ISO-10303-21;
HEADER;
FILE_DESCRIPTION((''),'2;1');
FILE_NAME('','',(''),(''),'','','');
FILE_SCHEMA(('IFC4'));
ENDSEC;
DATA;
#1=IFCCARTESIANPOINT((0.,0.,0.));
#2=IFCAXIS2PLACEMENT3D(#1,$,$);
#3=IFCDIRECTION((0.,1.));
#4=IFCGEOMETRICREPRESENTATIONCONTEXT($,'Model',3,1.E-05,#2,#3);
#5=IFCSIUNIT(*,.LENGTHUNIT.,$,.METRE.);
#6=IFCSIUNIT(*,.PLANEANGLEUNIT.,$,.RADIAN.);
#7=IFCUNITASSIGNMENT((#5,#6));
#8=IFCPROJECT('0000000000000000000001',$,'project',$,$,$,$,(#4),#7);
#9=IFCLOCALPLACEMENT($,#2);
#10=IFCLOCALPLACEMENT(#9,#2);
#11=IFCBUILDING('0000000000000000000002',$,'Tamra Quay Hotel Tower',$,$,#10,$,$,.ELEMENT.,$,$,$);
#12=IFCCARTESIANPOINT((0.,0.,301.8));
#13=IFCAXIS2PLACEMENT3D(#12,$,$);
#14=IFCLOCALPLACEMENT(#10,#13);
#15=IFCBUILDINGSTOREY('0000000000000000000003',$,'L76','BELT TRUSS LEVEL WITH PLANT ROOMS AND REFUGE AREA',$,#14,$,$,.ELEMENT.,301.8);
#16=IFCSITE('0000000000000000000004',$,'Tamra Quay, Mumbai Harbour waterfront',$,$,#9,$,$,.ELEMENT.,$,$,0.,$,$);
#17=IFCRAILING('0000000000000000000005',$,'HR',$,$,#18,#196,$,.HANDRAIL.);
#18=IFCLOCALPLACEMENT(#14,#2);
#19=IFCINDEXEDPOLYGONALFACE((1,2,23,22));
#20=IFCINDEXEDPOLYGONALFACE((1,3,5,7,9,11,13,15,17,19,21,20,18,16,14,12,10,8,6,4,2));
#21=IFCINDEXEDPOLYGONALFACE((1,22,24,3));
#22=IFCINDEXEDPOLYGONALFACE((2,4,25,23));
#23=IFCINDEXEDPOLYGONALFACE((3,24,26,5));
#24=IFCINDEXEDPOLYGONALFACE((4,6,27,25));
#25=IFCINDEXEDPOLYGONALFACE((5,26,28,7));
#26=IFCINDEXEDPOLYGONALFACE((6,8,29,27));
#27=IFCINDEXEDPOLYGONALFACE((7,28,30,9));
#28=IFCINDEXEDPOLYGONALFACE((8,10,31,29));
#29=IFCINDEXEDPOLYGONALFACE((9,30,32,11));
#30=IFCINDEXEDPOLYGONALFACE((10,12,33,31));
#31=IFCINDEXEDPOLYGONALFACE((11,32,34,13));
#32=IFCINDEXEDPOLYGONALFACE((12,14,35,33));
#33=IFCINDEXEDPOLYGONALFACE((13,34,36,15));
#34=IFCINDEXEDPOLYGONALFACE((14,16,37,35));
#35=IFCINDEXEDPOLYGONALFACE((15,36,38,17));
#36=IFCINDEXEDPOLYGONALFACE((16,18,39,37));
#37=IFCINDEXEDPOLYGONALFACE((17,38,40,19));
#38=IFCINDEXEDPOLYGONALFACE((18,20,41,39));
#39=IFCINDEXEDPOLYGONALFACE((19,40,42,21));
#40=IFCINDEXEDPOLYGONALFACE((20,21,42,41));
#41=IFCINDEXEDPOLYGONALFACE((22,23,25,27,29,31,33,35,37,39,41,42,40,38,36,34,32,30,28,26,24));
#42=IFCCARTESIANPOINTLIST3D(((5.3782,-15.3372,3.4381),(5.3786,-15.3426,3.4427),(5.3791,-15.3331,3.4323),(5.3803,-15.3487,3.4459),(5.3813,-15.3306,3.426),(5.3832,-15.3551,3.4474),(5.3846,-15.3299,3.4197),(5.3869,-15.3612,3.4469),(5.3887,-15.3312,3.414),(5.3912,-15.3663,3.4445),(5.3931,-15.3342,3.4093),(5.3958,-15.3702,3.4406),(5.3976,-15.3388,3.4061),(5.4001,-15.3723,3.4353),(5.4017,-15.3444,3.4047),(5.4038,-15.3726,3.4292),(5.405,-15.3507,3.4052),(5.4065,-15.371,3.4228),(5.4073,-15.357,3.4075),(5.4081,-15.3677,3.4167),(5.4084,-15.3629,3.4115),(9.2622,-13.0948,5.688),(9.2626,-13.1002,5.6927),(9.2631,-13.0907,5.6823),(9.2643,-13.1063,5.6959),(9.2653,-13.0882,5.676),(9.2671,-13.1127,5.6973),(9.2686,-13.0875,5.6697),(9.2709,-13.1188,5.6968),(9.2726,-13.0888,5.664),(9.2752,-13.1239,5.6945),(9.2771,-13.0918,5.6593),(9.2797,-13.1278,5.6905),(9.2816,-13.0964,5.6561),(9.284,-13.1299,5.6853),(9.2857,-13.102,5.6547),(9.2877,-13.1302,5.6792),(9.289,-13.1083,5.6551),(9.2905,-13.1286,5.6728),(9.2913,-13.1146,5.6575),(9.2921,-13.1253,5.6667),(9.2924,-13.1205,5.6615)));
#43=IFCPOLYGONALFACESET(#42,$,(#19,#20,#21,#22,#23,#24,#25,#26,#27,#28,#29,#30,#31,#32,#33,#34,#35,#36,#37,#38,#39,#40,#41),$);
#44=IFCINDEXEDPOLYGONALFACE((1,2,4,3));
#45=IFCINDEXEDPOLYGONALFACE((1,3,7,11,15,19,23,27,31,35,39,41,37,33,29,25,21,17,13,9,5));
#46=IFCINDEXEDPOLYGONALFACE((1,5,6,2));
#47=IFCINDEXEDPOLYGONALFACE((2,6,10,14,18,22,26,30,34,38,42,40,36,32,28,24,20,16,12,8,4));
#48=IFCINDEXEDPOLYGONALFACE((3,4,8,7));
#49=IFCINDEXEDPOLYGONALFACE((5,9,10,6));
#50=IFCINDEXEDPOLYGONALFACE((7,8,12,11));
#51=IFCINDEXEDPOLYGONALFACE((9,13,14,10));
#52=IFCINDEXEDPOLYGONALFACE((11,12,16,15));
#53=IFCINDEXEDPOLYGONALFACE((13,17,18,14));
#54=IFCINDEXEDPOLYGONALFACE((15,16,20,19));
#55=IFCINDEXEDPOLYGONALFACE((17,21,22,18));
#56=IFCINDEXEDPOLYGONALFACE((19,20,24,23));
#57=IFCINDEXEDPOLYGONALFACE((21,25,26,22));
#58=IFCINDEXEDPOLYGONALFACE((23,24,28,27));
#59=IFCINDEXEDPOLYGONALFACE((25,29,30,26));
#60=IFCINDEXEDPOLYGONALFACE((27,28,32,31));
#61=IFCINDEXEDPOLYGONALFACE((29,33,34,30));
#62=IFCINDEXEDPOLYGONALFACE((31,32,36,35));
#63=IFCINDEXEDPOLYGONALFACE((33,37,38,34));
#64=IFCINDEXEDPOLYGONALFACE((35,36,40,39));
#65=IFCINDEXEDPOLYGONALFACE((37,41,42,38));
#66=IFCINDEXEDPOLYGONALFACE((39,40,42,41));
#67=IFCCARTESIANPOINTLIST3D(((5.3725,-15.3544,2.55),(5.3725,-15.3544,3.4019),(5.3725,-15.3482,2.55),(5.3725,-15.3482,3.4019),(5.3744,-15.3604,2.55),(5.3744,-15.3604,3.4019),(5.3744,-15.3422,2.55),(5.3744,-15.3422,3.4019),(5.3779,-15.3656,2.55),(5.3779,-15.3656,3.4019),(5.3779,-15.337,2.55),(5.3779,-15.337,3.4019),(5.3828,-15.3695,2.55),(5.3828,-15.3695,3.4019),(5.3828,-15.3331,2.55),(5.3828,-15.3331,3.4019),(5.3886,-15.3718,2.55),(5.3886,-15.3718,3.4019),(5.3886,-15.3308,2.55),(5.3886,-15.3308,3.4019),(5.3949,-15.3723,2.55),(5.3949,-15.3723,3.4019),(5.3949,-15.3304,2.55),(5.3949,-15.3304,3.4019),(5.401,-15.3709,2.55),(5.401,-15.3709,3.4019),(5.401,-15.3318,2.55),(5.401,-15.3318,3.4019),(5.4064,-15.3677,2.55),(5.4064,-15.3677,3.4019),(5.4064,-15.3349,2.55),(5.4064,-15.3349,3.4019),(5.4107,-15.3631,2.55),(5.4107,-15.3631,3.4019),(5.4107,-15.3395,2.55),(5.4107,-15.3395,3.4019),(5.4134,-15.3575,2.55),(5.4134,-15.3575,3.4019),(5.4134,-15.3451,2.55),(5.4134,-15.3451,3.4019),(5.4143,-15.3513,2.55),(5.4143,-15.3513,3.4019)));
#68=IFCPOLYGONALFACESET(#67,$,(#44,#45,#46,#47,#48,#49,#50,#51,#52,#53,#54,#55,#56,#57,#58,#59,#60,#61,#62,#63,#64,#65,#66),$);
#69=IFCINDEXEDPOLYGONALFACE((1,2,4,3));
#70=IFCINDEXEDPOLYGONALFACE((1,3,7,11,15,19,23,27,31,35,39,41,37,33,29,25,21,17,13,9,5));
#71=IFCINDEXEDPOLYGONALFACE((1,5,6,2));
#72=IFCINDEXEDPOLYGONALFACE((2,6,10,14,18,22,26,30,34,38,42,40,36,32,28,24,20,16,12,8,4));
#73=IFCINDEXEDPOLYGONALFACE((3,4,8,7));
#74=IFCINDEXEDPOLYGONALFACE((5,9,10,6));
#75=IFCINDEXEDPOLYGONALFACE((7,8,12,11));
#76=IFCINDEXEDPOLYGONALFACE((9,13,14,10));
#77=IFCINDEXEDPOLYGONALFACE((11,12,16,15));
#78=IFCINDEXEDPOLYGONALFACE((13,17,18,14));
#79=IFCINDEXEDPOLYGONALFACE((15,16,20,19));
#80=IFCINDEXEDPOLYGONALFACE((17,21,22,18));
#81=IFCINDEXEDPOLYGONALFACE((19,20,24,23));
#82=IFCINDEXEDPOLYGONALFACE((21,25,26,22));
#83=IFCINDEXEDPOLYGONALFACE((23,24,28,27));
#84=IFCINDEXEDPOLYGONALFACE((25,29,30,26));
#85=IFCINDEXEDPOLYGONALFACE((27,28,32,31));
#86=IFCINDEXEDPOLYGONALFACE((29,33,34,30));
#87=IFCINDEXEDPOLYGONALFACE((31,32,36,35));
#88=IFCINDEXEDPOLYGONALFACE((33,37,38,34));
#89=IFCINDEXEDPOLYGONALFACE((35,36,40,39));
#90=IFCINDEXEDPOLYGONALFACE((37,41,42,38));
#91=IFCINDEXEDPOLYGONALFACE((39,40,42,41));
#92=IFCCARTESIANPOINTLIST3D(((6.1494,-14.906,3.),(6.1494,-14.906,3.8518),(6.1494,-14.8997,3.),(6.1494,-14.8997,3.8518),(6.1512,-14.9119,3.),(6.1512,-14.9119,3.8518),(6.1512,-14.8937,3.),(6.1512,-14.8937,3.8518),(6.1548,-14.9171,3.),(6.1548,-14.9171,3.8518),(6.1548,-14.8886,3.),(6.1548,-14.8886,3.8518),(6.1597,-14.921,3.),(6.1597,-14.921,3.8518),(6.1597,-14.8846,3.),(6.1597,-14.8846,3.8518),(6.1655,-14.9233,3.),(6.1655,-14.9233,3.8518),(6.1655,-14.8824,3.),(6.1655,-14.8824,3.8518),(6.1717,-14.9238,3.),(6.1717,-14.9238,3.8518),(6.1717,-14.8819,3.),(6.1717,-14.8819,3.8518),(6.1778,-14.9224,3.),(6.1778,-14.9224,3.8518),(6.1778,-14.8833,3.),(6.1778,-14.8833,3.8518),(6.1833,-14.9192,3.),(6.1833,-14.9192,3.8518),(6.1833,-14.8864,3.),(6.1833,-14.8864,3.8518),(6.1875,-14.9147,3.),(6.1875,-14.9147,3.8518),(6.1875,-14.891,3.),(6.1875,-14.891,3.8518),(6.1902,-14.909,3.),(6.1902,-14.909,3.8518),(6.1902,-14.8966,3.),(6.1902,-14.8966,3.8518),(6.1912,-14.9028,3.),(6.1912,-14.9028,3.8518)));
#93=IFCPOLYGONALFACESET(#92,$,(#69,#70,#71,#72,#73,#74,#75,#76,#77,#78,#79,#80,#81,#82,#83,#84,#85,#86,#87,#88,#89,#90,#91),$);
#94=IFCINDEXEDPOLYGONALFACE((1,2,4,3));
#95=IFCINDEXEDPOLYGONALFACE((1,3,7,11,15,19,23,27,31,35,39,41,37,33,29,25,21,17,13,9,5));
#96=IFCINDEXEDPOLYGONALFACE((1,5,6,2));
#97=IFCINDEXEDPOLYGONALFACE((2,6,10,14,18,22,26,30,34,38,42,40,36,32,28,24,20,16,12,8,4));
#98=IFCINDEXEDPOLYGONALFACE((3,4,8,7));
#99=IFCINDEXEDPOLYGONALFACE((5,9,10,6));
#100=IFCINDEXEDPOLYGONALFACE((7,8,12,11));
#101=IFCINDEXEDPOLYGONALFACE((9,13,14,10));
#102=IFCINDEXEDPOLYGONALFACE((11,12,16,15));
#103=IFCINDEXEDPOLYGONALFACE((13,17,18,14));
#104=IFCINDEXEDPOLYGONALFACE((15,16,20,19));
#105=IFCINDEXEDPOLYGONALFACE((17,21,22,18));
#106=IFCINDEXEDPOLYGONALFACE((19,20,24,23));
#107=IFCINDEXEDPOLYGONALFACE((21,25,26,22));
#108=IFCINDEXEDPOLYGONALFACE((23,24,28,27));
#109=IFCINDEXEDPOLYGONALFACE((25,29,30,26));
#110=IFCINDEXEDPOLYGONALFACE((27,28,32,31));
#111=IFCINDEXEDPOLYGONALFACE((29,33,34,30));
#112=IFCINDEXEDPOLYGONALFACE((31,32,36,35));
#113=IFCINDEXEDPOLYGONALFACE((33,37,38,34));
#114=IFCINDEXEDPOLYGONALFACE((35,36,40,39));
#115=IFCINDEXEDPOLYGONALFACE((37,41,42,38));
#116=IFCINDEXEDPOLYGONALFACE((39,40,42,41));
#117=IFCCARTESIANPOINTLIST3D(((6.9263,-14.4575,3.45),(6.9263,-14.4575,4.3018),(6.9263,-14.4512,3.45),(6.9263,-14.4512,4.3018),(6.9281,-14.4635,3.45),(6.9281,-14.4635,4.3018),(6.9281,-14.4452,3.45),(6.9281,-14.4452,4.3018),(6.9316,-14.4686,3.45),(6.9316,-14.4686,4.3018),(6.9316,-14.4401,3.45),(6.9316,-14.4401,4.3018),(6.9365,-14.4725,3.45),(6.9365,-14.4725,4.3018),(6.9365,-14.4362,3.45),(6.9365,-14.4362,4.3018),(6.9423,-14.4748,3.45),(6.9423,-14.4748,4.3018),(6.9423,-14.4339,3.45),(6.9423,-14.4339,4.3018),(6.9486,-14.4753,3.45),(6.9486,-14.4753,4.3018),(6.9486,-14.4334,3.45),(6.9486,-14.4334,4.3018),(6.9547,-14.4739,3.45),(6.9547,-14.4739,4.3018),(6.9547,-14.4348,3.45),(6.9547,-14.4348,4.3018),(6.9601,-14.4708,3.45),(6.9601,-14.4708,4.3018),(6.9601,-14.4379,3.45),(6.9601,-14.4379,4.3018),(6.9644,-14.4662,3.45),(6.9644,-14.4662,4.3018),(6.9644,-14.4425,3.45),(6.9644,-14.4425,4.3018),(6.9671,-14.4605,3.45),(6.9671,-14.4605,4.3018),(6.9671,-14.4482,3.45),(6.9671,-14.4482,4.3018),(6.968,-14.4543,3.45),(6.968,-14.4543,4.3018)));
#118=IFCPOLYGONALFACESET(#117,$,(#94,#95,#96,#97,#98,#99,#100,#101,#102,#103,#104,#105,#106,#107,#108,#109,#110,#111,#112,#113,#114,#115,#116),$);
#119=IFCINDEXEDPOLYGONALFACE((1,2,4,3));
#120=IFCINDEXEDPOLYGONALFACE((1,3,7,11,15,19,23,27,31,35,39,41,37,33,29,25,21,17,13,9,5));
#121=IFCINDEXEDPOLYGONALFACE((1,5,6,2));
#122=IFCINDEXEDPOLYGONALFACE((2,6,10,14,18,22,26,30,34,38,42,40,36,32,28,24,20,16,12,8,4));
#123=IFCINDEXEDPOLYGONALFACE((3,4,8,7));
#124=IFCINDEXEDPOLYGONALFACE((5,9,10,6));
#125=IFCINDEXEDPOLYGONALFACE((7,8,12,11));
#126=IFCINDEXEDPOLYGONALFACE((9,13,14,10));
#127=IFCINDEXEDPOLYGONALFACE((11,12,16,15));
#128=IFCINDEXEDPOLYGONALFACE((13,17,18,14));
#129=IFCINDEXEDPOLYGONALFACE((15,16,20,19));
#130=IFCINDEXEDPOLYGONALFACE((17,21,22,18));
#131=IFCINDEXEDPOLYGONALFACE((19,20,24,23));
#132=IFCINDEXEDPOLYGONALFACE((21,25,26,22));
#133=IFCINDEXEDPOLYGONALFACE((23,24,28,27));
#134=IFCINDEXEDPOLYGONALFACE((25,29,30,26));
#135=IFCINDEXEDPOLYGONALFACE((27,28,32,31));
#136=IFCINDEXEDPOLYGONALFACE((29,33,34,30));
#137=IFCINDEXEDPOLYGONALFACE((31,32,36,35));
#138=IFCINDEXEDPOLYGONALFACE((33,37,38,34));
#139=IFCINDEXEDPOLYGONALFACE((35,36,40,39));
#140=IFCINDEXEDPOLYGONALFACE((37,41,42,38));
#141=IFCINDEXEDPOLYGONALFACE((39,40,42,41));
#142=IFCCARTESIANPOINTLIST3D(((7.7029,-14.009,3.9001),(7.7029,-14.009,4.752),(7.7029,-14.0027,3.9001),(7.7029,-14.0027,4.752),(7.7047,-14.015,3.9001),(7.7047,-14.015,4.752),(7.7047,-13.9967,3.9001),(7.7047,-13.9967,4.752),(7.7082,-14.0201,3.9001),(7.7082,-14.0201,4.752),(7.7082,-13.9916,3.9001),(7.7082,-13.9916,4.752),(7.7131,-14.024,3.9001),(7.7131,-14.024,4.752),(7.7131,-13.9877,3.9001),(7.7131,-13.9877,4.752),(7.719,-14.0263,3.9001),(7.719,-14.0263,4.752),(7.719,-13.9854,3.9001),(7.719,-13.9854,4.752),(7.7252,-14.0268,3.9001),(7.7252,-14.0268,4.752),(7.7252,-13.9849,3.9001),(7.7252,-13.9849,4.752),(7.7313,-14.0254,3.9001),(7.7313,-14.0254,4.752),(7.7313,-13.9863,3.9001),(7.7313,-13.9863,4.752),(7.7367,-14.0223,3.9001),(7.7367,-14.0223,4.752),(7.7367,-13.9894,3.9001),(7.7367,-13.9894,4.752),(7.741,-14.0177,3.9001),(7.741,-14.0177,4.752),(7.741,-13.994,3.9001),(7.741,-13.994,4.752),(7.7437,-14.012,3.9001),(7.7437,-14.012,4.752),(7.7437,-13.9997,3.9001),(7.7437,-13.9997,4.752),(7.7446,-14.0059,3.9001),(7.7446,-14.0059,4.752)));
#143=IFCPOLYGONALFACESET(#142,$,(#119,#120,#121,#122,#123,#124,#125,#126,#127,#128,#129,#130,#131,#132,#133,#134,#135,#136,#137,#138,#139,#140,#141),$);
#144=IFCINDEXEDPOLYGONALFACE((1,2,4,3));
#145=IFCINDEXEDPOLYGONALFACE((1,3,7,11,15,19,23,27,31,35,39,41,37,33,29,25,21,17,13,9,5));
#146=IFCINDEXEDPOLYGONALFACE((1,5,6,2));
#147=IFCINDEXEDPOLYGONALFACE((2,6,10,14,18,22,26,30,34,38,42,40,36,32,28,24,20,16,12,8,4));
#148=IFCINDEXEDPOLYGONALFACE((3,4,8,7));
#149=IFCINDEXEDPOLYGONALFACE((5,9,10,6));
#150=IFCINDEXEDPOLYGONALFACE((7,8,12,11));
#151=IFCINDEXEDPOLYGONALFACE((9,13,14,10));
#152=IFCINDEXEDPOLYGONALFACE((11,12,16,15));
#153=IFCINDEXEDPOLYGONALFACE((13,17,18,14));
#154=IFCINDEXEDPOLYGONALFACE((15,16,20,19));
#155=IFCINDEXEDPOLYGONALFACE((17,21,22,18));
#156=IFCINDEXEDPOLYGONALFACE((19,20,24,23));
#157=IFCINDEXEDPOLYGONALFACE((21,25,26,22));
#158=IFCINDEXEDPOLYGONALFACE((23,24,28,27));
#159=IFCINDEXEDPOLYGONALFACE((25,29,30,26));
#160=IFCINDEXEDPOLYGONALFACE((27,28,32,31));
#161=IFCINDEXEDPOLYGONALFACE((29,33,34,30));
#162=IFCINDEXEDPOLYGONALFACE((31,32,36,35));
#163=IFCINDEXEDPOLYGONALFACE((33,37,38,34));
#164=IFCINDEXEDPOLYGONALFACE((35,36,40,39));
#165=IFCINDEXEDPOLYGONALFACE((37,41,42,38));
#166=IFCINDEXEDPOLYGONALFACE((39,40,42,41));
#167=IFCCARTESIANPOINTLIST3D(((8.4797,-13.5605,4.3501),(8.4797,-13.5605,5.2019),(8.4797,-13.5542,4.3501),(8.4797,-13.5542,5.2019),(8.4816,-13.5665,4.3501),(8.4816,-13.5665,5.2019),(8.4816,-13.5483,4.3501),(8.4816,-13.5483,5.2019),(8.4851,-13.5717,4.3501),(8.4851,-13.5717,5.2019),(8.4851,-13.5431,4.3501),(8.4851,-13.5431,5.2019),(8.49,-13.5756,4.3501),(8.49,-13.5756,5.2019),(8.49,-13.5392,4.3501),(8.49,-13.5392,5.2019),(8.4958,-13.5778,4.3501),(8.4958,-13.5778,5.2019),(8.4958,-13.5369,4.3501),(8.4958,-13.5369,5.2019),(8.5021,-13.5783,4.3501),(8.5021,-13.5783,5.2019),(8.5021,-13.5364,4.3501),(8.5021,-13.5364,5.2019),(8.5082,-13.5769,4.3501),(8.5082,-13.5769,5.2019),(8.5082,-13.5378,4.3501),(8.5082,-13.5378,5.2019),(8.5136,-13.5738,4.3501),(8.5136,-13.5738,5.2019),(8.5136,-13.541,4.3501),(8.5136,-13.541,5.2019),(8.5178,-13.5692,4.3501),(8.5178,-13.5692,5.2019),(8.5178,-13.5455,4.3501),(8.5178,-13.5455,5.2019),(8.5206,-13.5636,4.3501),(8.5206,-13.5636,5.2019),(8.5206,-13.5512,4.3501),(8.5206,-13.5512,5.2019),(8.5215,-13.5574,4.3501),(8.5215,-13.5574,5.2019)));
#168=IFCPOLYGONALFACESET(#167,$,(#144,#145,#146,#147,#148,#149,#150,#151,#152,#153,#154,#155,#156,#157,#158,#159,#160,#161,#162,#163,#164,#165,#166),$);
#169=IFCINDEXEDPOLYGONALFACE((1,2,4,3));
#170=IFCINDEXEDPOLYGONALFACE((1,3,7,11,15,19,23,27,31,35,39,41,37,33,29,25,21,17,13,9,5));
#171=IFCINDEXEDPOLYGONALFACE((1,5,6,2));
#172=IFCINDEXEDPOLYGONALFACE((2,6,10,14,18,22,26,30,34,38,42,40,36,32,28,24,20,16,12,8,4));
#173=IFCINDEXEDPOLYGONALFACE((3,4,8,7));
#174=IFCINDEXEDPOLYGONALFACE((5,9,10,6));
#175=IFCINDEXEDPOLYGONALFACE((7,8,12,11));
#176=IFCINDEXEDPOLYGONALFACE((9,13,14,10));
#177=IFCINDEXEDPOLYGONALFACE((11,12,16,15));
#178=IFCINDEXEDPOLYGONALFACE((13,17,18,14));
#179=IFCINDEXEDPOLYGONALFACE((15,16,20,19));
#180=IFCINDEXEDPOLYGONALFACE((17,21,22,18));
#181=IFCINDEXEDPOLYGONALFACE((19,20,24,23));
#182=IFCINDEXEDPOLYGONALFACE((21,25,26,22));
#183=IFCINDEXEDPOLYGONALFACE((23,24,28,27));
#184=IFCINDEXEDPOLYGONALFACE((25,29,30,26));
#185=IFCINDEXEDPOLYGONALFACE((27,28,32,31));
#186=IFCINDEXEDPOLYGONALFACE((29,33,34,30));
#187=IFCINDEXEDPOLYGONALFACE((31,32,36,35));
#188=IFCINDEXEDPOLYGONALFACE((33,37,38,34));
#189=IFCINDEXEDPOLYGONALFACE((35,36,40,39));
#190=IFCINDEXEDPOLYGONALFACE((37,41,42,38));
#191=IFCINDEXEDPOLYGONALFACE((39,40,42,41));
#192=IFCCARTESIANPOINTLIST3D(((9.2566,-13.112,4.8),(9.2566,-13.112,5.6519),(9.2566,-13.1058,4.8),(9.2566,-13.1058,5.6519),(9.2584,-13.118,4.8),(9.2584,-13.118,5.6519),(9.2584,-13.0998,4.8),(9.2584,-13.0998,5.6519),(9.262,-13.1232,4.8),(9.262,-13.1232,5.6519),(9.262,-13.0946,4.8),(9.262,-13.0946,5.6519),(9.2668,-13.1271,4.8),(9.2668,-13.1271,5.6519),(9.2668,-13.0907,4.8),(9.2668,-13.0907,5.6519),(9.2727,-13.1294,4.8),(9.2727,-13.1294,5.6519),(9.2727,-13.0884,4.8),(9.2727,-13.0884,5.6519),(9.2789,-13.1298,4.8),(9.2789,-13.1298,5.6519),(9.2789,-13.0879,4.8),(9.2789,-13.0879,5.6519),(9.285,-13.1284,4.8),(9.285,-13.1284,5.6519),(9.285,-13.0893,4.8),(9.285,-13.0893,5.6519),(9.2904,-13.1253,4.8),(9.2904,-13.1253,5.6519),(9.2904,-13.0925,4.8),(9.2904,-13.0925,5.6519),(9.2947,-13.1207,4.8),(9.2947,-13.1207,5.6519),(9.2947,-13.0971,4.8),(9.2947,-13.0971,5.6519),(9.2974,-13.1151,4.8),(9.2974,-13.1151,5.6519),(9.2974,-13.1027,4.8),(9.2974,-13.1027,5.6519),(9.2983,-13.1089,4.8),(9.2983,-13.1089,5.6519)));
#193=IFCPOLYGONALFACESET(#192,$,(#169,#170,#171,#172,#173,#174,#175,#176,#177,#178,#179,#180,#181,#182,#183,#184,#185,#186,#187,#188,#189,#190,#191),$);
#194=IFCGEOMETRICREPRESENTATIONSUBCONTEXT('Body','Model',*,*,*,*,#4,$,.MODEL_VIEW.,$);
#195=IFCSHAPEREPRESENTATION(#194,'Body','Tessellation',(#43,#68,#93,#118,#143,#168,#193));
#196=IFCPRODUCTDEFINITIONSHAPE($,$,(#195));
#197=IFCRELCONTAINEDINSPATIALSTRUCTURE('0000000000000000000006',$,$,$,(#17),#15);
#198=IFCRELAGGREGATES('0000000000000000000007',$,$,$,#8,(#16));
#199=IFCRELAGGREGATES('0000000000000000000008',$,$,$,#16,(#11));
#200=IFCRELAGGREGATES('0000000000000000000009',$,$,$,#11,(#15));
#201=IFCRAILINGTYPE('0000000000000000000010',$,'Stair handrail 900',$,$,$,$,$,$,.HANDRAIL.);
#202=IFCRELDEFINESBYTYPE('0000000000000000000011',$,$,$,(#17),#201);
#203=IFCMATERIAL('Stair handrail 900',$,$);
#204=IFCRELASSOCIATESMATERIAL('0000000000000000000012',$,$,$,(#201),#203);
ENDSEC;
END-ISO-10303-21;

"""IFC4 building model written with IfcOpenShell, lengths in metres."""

from ifc_helpers import new_model, si_unit, direction, frame, origin, origin_2d, place, context, subcontext, project, spatial, circle, extrude, material, type_object, element, save


model = new_model("IFC4")

# Units and contexts
model_context = context("Model", 3, precision=1e-05, world=origin(), true_north=direction((0.0, 1.0)))
body_context = subcontext(model_context, "Body", "Model", "MODEL_VIEW")
ifc_project = project(units=[si_unit("LENGTHUNIT", "METRE"), si_unit("PLANEANGLEUNIT", "RADIAN")], contexts=[model_context])

# Site, building, storey
site_placement = place(None, origin())
site = spatial("IfcSite", under=ifc_project, at=site_placement, Name="Tamra Quay, Mumbai Harbour waterfront", CompositionType="ELEMENT", RefElevation=0.0)
building_placement = place(site_placement, origin())
building = spatial("IfcBuilding", under=site, at=building_placement, Name="Tamra Quay Hotel Tower", CompositionType="ELEMENT")
storey_placement = place(building_placement, frame((0.0, 0.0, 301.8)))
storey = spatial("IfcBuildingStorey", under=building, at=storey_placement, Name="L76", Description="BELT TRUSS LEVEL WITH PLANT ROOMS AND REFUGE AREA", CompositionType="ELEMENT", Elevation=301.8)

# Railing
ifc_material_1 = material(Name="Stair handrail 900")
railing_type = type_object("IfcRailingType", Name="Stair handrail 900", PredefinedType="HANDRAIL", material=ifc_material_1)
railing_placement = place(storey_placement, frame((5.3933, -15.3513, 2.55)))
element("IfcRailing", 1, at=railing_placement, inside=storey, type_object=railing_type, Name="HR", PredefinedType="HANDRAIL", context=body_context, shape_type="SweptSolid", body=[
    extrude(circle(Radius=0.0239, at=origin_2d()), frame((0.0, 0.0, 0.876), z_axis=(0.774076, 0.44691, 0.448418), x_axis=(-0.499997, 0.866027, 0.0)), (0.0, 0.0, 1.0), 5.0176),
    extrude(circle(Radius=0.021, at=origin_2d()), origin(), (0.0, 0.0, 1.0), 0.8518),
    extrude(circle(Radius=0.021, at=origin_2d()), frame((0.7769, 0.4485, 0.45)), (0.0, 0.0, 1.0), 0.8518),
    extrude(circle(Radius=0.021, at=origin_2d()), frame((1.5537, 0.897, 0.8999)), (0.0, 0.0, 1.0), 0.8518),
    extrude(circle(Radius=0.021, at=origin_2d()), frame((2.3303, 1.3455, 1.3501)), (0.0, 0.0, 1.0), 0.8518),
    extrude(circle(Radius=0.021, at=origin_2d()), frame((3.1072, 1.7939, 1.8)), (0.0, 0.0, 1.0), 0.8518),
    extrude(circle(Radius=0.021, at=origin_2d()), frame((3.884, 2.2424, 2.25)), (0.0, 0.0, 1.0), 0.8518),
])

save(model, "model.ifc")
